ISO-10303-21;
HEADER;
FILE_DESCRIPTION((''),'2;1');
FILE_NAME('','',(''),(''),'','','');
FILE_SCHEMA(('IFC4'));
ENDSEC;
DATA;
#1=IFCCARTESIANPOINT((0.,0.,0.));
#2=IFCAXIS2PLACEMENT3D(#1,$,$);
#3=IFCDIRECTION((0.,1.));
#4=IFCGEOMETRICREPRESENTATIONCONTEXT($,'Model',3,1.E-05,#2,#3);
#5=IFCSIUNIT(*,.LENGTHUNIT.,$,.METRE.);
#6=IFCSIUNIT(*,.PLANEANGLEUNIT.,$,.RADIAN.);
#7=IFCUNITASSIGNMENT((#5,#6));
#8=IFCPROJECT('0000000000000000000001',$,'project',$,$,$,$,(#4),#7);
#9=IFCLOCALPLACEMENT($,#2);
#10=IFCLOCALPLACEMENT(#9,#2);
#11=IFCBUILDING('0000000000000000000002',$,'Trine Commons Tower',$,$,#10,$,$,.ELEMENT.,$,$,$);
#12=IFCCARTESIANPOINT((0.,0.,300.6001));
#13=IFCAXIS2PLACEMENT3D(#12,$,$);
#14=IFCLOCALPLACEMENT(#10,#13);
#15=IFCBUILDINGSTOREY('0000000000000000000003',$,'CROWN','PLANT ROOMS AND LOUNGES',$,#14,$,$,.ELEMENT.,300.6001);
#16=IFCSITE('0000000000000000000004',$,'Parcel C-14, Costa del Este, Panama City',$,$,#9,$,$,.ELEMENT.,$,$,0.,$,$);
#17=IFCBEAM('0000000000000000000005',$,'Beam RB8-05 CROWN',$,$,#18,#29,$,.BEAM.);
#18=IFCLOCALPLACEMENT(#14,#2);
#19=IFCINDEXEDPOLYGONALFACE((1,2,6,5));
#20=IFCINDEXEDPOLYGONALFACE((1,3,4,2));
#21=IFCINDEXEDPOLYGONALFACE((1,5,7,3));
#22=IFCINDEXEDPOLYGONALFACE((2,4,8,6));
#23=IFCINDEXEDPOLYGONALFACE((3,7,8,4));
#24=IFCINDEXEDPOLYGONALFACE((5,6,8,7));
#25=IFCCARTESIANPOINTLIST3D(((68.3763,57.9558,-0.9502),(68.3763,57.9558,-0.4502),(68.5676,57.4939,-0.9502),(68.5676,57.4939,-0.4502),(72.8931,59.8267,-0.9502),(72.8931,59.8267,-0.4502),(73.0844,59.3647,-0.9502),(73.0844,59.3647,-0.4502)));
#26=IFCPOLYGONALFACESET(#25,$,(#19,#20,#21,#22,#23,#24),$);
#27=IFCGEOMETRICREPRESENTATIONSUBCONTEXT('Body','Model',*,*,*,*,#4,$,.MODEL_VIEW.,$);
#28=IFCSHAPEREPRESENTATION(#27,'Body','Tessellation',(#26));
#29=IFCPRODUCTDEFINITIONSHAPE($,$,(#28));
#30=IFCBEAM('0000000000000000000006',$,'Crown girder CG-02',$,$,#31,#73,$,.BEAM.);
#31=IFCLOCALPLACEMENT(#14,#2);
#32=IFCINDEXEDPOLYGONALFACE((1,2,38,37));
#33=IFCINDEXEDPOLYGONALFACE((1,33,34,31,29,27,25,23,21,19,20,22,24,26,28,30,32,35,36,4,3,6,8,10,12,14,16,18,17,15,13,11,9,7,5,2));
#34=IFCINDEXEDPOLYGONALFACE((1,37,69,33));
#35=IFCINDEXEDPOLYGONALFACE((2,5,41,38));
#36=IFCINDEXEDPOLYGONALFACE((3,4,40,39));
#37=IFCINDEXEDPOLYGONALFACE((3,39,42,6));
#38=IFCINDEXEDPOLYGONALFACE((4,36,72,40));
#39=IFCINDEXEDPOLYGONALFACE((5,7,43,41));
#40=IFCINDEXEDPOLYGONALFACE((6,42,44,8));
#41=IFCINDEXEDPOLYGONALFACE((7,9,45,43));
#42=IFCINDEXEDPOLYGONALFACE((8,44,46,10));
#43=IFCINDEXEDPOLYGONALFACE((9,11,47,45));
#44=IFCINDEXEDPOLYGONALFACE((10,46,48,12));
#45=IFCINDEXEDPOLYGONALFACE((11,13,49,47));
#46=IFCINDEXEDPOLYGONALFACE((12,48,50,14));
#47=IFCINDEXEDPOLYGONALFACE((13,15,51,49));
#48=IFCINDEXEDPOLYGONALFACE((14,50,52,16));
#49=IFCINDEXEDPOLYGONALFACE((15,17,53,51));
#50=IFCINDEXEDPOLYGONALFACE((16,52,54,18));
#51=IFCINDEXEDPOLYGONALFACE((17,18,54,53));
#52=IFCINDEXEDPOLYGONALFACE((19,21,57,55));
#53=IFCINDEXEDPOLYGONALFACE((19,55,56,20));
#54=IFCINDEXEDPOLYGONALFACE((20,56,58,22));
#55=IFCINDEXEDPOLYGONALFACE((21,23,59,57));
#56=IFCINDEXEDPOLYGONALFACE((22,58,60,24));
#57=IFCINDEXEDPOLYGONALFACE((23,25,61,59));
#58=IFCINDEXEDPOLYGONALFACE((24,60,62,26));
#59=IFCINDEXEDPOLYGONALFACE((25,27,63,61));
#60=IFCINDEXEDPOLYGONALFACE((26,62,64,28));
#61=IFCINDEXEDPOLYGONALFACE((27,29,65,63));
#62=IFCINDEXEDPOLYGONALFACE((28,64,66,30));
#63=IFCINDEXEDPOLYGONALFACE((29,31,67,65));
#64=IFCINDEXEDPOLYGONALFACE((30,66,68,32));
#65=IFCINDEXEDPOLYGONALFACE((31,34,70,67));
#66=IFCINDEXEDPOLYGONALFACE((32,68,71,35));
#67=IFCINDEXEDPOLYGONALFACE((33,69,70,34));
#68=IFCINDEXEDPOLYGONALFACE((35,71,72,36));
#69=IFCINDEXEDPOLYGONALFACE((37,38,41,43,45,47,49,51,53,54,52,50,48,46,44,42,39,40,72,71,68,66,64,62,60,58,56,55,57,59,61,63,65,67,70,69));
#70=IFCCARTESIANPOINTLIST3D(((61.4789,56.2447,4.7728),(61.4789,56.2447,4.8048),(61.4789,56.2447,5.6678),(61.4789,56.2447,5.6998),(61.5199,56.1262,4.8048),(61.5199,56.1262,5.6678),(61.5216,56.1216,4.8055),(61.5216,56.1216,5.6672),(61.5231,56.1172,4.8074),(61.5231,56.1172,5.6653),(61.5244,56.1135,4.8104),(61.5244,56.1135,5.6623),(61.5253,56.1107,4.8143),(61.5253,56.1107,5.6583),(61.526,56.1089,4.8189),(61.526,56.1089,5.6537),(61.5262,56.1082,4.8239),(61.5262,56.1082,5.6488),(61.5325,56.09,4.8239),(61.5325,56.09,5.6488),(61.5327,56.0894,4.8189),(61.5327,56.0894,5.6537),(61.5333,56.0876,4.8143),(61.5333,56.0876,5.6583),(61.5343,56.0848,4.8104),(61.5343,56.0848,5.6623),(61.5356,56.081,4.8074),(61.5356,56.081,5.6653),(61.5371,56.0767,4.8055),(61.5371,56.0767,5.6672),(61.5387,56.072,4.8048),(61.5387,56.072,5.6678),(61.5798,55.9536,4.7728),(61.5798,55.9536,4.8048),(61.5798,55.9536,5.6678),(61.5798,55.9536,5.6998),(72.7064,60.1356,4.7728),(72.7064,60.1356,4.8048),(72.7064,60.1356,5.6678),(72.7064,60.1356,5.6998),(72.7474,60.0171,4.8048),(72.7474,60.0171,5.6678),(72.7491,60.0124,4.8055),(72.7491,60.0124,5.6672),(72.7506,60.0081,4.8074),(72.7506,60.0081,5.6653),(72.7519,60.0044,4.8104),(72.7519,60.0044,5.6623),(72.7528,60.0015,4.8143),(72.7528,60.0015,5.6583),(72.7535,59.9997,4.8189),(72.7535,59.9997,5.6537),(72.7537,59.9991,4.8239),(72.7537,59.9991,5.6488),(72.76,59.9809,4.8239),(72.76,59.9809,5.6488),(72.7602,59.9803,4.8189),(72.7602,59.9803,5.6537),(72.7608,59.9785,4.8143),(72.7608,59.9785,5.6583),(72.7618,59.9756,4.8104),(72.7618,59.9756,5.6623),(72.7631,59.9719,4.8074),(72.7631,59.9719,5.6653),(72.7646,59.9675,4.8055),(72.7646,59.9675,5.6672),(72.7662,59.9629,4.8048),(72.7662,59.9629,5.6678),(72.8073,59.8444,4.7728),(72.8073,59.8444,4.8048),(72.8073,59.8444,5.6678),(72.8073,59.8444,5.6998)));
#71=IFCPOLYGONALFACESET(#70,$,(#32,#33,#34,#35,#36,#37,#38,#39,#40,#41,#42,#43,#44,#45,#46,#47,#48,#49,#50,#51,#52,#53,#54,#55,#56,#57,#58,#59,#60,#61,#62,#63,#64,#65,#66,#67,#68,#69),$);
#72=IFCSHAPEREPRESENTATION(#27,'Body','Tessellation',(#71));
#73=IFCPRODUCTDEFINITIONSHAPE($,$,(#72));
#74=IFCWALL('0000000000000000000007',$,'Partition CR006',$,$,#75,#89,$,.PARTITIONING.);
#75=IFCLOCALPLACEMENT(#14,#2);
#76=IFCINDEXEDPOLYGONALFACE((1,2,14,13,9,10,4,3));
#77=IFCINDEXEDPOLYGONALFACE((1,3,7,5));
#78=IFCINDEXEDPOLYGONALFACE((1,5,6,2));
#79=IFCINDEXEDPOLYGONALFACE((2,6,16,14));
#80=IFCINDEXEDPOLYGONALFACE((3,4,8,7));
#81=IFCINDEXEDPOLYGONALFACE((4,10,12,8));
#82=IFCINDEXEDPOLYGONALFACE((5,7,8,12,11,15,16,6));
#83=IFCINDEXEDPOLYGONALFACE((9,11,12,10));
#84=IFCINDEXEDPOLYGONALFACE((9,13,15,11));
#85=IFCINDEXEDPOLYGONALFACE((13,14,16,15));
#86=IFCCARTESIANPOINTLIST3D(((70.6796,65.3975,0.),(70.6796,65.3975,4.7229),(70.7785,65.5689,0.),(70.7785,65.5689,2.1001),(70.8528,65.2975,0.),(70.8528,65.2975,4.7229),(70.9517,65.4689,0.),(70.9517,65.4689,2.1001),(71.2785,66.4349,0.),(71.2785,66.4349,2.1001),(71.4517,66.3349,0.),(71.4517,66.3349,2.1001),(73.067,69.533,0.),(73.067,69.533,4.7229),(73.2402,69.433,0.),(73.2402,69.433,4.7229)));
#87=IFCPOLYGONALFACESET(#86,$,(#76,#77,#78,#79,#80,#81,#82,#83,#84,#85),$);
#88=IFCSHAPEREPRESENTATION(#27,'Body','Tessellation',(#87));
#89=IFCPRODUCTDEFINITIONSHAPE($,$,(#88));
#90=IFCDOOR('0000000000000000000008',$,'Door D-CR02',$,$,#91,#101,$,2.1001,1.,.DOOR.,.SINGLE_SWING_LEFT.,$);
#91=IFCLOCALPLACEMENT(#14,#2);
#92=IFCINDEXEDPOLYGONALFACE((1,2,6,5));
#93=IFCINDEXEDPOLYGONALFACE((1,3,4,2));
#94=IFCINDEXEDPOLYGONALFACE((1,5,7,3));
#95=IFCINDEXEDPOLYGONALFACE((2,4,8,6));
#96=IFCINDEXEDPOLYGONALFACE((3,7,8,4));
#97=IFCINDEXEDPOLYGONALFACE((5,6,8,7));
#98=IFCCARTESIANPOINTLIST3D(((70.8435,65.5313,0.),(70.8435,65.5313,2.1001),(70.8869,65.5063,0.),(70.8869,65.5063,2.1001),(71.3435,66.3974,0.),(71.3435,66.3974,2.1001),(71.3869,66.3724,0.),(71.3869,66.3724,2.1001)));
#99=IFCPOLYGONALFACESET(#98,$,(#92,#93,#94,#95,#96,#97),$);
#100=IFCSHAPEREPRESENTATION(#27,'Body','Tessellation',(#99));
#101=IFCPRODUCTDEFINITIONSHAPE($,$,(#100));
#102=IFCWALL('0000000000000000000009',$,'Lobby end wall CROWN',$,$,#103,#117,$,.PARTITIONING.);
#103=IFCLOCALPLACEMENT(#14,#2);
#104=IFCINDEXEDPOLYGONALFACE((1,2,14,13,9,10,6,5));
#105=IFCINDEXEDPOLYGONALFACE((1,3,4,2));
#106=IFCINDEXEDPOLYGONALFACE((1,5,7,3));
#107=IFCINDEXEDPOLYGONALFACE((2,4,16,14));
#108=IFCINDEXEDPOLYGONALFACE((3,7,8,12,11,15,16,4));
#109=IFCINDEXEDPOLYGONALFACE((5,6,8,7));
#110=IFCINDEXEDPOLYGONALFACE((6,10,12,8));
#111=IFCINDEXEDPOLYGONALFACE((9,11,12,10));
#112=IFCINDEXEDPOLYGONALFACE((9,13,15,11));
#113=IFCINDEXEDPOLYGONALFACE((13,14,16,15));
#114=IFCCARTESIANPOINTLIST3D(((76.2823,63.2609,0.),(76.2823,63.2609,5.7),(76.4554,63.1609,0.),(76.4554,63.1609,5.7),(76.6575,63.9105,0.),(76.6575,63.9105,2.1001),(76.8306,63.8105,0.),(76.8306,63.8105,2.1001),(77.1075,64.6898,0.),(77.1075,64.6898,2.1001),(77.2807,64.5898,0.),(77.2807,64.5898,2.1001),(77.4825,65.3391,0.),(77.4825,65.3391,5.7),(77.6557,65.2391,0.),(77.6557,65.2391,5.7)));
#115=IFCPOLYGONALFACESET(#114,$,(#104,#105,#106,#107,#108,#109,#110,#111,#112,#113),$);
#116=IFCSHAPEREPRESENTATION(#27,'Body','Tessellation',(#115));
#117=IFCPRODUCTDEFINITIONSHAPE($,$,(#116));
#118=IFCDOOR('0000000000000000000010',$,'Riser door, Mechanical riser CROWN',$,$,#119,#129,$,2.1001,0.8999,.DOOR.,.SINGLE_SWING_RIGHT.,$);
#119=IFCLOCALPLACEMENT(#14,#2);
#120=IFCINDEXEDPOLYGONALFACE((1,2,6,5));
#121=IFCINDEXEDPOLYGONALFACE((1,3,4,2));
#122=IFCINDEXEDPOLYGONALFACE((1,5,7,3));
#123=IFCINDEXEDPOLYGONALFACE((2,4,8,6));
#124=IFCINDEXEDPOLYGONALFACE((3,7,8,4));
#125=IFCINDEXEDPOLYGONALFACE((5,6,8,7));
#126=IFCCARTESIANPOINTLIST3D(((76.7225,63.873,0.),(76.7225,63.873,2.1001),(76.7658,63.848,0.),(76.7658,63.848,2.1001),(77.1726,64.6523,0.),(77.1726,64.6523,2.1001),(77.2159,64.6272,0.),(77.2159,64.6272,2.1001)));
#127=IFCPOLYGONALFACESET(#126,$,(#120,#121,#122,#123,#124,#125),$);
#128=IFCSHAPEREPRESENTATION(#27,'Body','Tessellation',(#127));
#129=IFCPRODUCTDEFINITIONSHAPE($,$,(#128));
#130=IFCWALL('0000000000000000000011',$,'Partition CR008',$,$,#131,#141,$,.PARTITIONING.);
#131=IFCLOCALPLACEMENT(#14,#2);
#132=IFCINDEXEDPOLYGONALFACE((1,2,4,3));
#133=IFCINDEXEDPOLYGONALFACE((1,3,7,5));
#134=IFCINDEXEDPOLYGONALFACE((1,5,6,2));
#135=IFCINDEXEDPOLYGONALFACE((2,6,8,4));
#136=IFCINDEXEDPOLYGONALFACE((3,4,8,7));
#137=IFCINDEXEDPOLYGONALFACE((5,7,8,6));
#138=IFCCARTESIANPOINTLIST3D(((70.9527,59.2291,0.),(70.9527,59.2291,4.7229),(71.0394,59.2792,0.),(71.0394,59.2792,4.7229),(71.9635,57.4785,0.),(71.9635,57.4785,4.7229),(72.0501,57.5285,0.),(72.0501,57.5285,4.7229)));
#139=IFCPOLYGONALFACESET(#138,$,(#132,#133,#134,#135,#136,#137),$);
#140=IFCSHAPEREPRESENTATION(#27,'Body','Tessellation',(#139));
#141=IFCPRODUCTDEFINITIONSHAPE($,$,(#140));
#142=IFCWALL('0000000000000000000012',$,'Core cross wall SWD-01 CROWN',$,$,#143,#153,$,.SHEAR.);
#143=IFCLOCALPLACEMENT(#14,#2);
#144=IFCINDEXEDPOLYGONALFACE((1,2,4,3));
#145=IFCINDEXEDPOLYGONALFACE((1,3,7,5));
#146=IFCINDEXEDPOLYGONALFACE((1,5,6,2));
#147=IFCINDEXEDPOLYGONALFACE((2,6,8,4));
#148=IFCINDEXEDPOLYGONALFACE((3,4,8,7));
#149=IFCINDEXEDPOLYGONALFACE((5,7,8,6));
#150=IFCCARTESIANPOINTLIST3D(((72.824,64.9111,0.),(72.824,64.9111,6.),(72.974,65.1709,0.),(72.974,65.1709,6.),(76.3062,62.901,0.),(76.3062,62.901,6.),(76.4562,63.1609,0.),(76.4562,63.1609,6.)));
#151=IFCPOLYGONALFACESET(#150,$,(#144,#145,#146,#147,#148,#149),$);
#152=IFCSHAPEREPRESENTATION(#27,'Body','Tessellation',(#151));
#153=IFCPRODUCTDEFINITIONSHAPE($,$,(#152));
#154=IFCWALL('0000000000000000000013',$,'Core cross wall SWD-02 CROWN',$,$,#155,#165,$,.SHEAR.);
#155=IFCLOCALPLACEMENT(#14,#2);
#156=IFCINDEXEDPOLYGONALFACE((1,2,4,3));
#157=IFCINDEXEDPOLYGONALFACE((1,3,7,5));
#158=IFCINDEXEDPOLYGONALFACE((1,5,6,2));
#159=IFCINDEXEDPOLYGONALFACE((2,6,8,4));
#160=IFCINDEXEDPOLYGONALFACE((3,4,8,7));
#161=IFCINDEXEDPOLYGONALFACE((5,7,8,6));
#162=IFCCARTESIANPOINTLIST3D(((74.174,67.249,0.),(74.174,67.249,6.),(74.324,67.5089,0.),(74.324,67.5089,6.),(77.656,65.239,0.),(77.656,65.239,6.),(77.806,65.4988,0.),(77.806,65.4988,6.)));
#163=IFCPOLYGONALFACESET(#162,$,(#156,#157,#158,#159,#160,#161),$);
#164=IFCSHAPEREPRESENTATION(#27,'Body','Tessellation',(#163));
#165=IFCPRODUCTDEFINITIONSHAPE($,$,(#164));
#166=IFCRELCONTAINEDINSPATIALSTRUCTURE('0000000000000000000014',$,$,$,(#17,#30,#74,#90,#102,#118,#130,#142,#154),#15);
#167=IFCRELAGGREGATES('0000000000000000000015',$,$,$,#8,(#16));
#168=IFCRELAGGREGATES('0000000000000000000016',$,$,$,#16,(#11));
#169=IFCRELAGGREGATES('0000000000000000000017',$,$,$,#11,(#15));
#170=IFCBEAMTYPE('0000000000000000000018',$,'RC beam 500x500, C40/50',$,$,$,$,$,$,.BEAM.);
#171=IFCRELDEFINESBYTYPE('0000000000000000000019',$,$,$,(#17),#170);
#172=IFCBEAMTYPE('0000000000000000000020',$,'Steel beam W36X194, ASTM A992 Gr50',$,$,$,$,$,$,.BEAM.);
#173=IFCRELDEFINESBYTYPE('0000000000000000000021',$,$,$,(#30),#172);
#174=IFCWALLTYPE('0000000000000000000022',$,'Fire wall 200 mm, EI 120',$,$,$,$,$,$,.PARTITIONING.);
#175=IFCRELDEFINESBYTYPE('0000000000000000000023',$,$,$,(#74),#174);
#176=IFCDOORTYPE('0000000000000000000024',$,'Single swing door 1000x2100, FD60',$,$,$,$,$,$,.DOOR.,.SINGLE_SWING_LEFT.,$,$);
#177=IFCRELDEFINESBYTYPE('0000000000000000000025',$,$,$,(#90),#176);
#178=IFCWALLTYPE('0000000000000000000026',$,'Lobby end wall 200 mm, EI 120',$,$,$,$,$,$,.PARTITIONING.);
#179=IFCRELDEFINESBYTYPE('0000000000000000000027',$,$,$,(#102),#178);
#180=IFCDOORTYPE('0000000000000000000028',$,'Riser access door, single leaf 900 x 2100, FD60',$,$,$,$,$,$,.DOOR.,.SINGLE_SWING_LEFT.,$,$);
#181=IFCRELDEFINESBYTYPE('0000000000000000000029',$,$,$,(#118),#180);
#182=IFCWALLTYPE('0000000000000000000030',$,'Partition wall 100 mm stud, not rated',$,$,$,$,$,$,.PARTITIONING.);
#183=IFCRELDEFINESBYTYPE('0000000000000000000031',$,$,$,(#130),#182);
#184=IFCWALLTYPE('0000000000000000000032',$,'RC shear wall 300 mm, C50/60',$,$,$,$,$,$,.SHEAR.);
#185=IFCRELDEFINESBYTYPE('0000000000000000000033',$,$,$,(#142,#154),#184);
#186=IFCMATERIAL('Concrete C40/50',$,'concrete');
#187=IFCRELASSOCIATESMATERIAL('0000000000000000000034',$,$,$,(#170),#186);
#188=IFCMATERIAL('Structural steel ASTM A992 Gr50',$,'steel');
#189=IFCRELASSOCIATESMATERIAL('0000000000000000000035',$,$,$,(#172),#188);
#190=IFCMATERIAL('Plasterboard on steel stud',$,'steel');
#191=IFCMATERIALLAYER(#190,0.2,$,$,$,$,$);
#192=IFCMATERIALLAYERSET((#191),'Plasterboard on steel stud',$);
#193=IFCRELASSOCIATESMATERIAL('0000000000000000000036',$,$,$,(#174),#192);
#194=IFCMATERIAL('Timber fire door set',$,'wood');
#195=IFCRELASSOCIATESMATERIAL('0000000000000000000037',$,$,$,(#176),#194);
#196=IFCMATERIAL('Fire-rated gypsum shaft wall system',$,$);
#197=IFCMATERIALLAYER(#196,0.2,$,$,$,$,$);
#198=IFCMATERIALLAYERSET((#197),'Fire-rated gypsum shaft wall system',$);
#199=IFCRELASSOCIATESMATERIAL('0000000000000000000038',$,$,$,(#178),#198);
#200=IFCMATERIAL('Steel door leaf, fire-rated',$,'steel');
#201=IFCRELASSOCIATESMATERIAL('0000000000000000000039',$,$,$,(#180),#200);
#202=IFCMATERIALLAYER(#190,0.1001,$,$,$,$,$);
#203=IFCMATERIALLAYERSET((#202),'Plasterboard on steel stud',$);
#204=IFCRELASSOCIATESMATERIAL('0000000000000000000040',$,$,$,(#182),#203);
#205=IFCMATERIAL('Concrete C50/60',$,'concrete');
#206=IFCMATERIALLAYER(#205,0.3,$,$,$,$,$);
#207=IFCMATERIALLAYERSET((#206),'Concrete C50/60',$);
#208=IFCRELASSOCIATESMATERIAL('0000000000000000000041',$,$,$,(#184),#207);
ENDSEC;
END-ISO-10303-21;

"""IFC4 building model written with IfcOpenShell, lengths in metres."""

from ifc_helpers import new_model, si_unit, direction, frame, frame_2d, origin, origin_2d, place, context, subcontext, project, spatial, rectangle, i_section, extrude, material, layer, layer_set, material_profile, profile_set, type_object, element, fill, save


model = new_model("IFC4")

# Units and contexts
model_context = context("Model", 3, precision=1e-05, world=origin(), true_north=direction((0.0, 1.0)))
body_context = subcontext(model_context, "Body", "Model", "MODEL_VIEW")
ifc_project = project(units=[si_unit("LENGTHUNIT", "METRE"), si_unit("PLANEANGLEUNIT", "RADIAN")], contexts=[model_context])

# Site, building, storey
site_placement = place(None, origin())
site = spatial("IfcSite", under=ifc_project, at=site_placement, Name="Parcel C-14, Costa del Este, Panama City", CompositionType="ELEMENT", RefElevation=0.0)
building_placement = place(site_placement, origin())
building = spatial("IfcBuilding", under=site, at=building_placement, Name="Trine Commons Tower", CompositionType="ELEMENT")
storey_placement = place(building_placement, frame((0.0, 0.0, 300.6001)))
storey = spatial("IfcBuildingStorey", under=building, at=storey_placement, Name="CROWN", Description="PLANT ROOMS AND LOUNGES", CompositionType="ELEMENT", Elevation=300.6001)

# Beams
ifc_material_1 = material(Name="Concrete C40/50", Category="concrete")
ifc_material_profile_1 = material_profile(ifc_material_1, rectangle(XDim=0.5, YDim=0.5, at=origin_2d()), Name="RC 500x500")
ifc_profile_set_1 = profile_set([ifc_material_profile_1], Name="Concrete C40/50")
beam_type_1 = type_object("IfcBeamType", Name="RC beam 500x500, C40/50", PredefinedType="BEAM", material=ifc_profile_set_1)
beam_1_placement = place(storey_placement, frame((72.9888, 59.5957, -0.7002), z_axis=(-0.923886, -0.382668, 0.0), x_axis=(0.382668, -0.923886, 0.0)))
element("IfcBeam", 1, at=beam_1_placement, inside=storey, type_object=beam_type_1, Name="Beam RB8-05 CROWN", PredefinedType="BEAM", context=body_context, shape_type="SweptSolid", body=[
    extrude(rectangle(XDim=0.5, YDim=0.5, at=origin_2d()), origin(), (0.0, 0.0, 1.0), 4.8889),
])
ifc_material_2 = material(Name="Structural steel ASTM A992 Gr50", Category="steel")
ifc_material_profile_2 = material_profile(ifc_material_2, i_section(OverallWidth=0.3081, OverallDepth=0.927, WebThickness=0.0193, FlangeThickness=0.032, FilletRadius=0.019, at=origin_2d()), Name="W36X194")
ifc_profile_set_2 = profile_set([ifc_material_profile_2], Name="Structural steel ASTM A992 Gr50")
beam_type_2 = type_object("IfcBeamType", Name="Steel beam W36X194, ASTM A992 Gr50", PredefinedType="BEAM", material=ifc_profile_set_2)
beam_2_placement = place(storey_placement, frame((72.7568, 59.99, 5.2363), z_axis=(-0.944871, -0.327442, 0.0), x_axis=(0.327442, -0.944871, 0.0)))
element("IfcBeam", 2, at=beam_2_placement, inside=storey, type_object=beam_type_2, Name="Crown girder CG-02", PredefinedType="BEAM", context=body_context, shape_type="SweptSolid", body=[
    extrude(i_section(OverallWidth=0.3081, OverallDepth=0.927, WebThickness=0.0193, FlangeThickness=0.032, FilletRadius=0.019, at=origin_2d()), origin(), (0.0, 0.0, 1.0), 11.8826),
])

# Walls, openings, doors
ifc_material_3 = material(Name="Plasterboard on steel stud", Category="steel")
ifc_layer_1 = layer(ifc_material_3, 0.2)
ifc_layer_set_1 = layer_set([ifc_layer_1], Name="Plasterboard on steel stud")
wall_type_1 = type_object("IfcWallType", Name="Fire wall 200 mm, EI 120", PredefinedType="PARTITIONING", material=ifc_layer_set_1)
wall_1_placement = place(storey_placement, frame((70.7661, 65.3474, 0.0), z_axis=(0.0, 0.0, 1.0), x_axis=(0.499972, 0.866042, 0.0)))
wall_1 = element("IfcWall", 3, at=wall_1_placement, inside=storey, type_object=wall_type_1, Name="Partition CR006", PredefinedType="PARTITIONING", context=body_context, shape_type="SweptSolid", body=[
    extrude(rectangle(XDim=4.7751, YDim=0.2, at=frame_2d((2.3877, 0.0))), origin(), (0.0, 0.0, 1.0), 4.7229),
])
opening_1_placement = place(wall_1_placement, frame((0.198, 0.0, 0.0)))
opening_1 = element("IfcOpeningElement", 4, at=opening_1_placement, cuts=wall_1, PredefinedType="OPENING", context=body_context, shape_type="SweptSolid", body=[
    extrude(rectangle(XDim=1.0, YDim=2.1001, at=frame_2d((0.5, 1.05))), frame((0.0, 0.1099, 0.0), z_axis=(0.0, -1.0, 0.0), x_axis=(1.0, 0.0, 0.0)), (0.0, 0.0, 1.0), 0.22),
])
ifc_material_4 = material(Name="Timber fire door set", Category="wood")
door_type_1 = type_object("IfcDoorType", Name="Single swing door 1000x2100, FD60", OperationType="SINGLE_SWING_LEFT", PredefinedType="DOOR", material=ifc_material_4)
door_1_placement = place(opening_1_placement, origin())
door_1 = element("IfcDoor", 5, at=door_1_placement, inside=storey, type_object=door_type_1, Name="Door D-CR02", OperationType="SINGLE_SWING_LEFT", OverallHeight=2.1001, OverallWidth=1.0, PredefinedType="DOOR", context=body_context, shape_type="SweptSolid", body=[
    extrude(rectangle(XDim=1.0, YDim=2.1001, at=frame_2d((0.5, 1.05))), frame((0.0, 0.0249, 0.0), z_axis=(0.0, -1.0, 0.0), x_axis=(1.0, 0.0, 0.0)), (0.0, 0.0, 1.0), 0.05),
])
fill(opening_1, door_1)
ifc_material_5 = material(Name="Fire-rated gypsum shaft wall system")
ifc_layer_2 = layer(ifc_material_5, 0.2)
ifc_layer_set_2 = layer_set([ifc_layer_2], Name="Fire-rated gypsum shaft wall system")
wall_type_2 = type_object("IfcWallType", Name="Lobby end wall 200 mm, EI 120", PredefinedType="PARTITIONING", material=ifc_layer_set_2)
wall_2_placement = place(storey_placement, frame((77.5691, 65.2891, 0.0), z_axis=(0.0, 0.0, 1.0), x_axis=(-0.500122, -0.865955, 0.0)))
wall_2 = element("IfcWall", 6, at=wall_2_placement, inside=storey, type_object=wall_type_2, Name="Lobby end wall CROWN", PredefinedType="PARTITIONING", context=body_context, shape_type="SweptSolid", body=[
    extrude(rectangle(XDim=2.3999, YDim=0.2, at=frame_2d((1.2, 0.0))), origin(), (0.0, 0.0, 1.0), 5.7),
])
opening_2_placement = place(wall_2_placement, frame((0.7498, 0.0, 0.0)))
opening_2 = element("IfcOpeningElement", 7, at=opening_2_placement, cuts=wall_2, PredefinedType="OPENING", context=body_context, shape_type="SweptSolid", body=[
    extrude(rectangle(XDim=0.8999, YDim=2.1001, at=frame_2d((0.45, 1.05))), frame((0.0, 0.1099, 0.0), z_axis=(0.0, -1.0, 0.0), x_axis=(1.0, 0.0, 0.0)), (0.0, 0.0, 1.0), 0.22),
])
ifc_material_6 = material(Name="Steel door leaf, fire-rated", Category="steel")
door_type_2 = type_object("IfcDoorType", Name="Riser access door, single leaf 900 x 2100, FD60", OperationType="SINGLE_SWING_LEFT", PredefinedType="DOOR", material=ifc_material_6)
door_2_placement = place(opening_2_placement, frame((0.8999, 0.0, 0.0), z_axis=(0.0, 0.0, 1.0), x_axis=(-1.0, 0.0, 0.0)))
door_2 = element("IfcDoor", 8, at=door_2_placement, inside=storey, type_object=door_type_2, Name="Riser door, Mechanical riser CROWN", OperationType="SINGLE_SWING_RIGHT", OverallHeight=2.1001, OverallWidth=0.8999, PredefinedType="DOOR", context=body_context, shape_type="SweptSolid", body=[
    extrude(rectangle(XDim=0.8999, YDim=2.1001, at=frame_2d((0.45, 1.05))), frame((0.0, 0.0249, 0.0), z_axis=(0.0, -1.0, 0.0), x_axis=(1.0, 0.0, 0.0)), (0.0, 0.0, 1.0), 0.05),
])
fill(opening_2, door_2)

# Walls
ifc_layer_3 = layer(ifc_material_3, 0.1001)
ifc_layer_set_3 = layer_set([ifc_layer_3], Name="Plasterboard on steel stud")
wall_type_3 = type_object("IfcWallType", Name="Partition wall 100 mm stud, not rated", PredefinedType="PARTITIONING", material=ifc_layer_set_3)
wall_3_placement = place(storey_placement, frame((70.9961, 59.2542, 0.0), z_axis=(0.0, 0.0, 1.0), x_axis=(0.499984, -0.866035, 0.0)))
element("IfcWall", 9, at=wall_3_placement, inside=storey, type_object=wall_type_3, Name="Partition CR008", PredefinedType="PARTITIONING", context=body_context, shape_type="SweptSolid", body=[
    extrude(rectangle(XDim=2.0215, YDim=0.1001, at=frame_2d((1.0107, 0.0))), origin(), (0.0, 0.0, 1.0), 4.7229),
])
ifc_material_7 = material(Name="Concrete C50/60", Category="concrete")
ifc_layer_4 = layer(ifc_material_7, 0.3)
ifc_layer_set_4 = layer_set([ifc_layer_4], Name="Concrete C50/60")
wall_type_4 = type_object("IfcWallType", Name="RC shear wall 300 mm, C50/60", PredefinedType="SHEAR", material=ifc_layer_set_4)
wall_4_placement = place(storey_placement, frame((76.3811, 63.031, 0.0), z_axis=(0.0, 0.0, 1.0), x_axis=(-0.866071, 0.49992, 0.0)))
element("IfcWall", 10, at=wall_4_placement, inside=storey, type_object=wall_type_4, Name="Core cross wall SWD-01 CROWN", PredefinedType="SHEAR", context=body_context, shape_type="SweptSolid", body=[
    extrude(rectangle(XDim=4.0208, YDim=0.3, at=frame_2d((2.0103, 0.0))), origin(), (0.0, 0.0, 1.0), 6.0),
])
wall_5_placement = place(storey_placement, frame((77.731, 65.3689, 0.0), z_axis=(0.0, 0.0, 1.0), x_axis=(-0.866056, 0.499947, 0.0)))
element("IfcWall", 11, at=wall_5_placement, inside=storey, type_object=wall_type_4, Name="Core cross wall SWD-02 CROWN", PredefinedType="SHEAR", context=body_context, shape_type="SweptSolid", body=[
    extrude(rectangle(XDim=4.0205, YDim=0.3, at=frame_2d((2.0103, 0.0))), origin(), (0.0, 0.0, 1.0), 6.0),
])

save(model, "model.ifc")
